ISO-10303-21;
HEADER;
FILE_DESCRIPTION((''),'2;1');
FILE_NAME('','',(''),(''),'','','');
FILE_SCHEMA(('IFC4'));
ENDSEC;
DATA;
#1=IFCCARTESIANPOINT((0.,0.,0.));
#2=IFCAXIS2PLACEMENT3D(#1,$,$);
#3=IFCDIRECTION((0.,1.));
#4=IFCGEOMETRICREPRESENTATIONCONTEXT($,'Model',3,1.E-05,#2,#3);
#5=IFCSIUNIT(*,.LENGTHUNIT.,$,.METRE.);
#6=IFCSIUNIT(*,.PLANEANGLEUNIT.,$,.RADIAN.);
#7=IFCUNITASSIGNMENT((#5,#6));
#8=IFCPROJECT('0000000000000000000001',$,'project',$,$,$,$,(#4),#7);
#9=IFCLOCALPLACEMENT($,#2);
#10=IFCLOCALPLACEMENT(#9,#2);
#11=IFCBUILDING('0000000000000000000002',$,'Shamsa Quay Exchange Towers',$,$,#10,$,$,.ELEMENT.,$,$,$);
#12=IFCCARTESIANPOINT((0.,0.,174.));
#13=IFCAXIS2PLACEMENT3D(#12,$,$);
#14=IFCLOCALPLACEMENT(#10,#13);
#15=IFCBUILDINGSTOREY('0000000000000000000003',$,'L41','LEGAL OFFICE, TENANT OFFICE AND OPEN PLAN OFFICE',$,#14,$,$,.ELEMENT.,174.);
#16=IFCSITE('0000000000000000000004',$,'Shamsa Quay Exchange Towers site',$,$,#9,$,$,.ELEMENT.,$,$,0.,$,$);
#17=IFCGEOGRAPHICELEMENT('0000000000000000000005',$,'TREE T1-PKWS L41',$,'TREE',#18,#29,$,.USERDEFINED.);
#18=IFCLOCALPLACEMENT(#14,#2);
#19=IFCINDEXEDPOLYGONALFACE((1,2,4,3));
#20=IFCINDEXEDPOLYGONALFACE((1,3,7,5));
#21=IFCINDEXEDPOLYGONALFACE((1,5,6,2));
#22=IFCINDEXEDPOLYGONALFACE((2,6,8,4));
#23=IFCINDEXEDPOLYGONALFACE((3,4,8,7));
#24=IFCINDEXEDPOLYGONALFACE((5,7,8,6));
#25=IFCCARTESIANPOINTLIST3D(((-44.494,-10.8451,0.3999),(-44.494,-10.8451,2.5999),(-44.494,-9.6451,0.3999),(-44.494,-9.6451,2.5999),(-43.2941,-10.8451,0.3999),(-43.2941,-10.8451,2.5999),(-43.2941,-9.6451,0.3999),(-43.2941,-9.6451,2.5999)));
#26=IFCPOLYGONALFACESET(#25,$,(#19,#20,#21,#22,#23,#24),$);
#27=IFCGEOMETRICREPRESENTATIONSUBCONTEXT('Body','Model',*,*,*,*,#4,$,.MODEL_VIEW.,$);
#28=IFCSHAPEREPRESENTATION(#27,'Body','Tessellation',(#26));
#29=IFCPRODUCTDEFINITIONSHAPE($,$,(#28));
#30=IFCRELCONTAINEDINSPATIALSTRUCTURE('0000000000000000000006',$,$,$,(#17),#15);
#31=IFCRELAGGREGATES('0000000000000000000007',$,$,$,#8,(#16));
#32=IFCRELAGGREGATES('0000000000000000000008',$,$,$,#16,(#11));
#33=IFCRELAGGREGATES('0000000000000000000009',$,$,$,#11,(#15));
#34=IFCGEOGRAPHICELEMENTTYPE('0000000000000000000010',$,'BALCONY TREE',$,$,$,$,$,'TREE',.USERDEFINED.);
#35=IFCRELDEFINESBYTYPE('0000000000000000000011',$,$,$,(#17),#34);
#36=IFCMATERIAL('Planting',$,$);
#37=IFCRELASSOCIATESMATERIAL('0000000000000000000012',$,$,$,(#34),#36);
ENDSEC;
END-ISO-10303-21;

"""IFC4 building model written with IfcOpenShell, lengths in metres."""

from ifc_helpers import new_model, si_unit, direction, frame, origin, origin_2d, place, context, subcontext, project, spatial, rectangle, extrude, material, type_object, element, save


model = new_model("IFC4")

# Units and contexts
model_context = context("Model", 3, precision=1e-05, world=origin(), true_north=direction((0.0, 1.0)))
body_context = subcontext(model_context, "Body", "Model", "MODEL_VIEW")
ifc_project = project(units=[si_unit("LENGTHUNIT", "METRE"), si_unit("PLANEANGLEUNIT", "RADIAN")], contexts=[model_context])

# Site, building, storey
site_placement = place(None, origin())
site = spatial("IfcSite", under=ifc_project, at=site_placement, Name="Shamsa Quay Exchange Towers site", CompositionType="ELEMENT", RefElevation=0.0)
building_placement = place(site_placement, origin())
building = spatial("IfcBuilding", under=site, at=building_placement, Name="Shamsa Quay Exchange Towers", CompositionType="ELEMENT")
storey_placement = place(building_placement, frame((0.0, 0.0, 174.0)))
storey = spatial("IfcBuildingStorey", under=building, at=storey_placement, Name="L41", Description="LEGAL OFFICE, TENANT OFFICE AND OPEN PLAN OFFICE", CompositionType="ELEMENT", Elevation=174.0)

# Geographic element
ifc_material_1 = material(Name="Planting")
geographic_element_type = type_object("IfcGeographicElementType", Name="BALCONY TREE", ElementType="TREE", PredefinedType="USERDEFINED", material=ifc_material_1)
geographic_element_placement = place(storey_placement, frame((-43.894, -10.2451, 0.3999)))
element("IfcGeographicElement", 1, at=geographic_element_placement, inside=storey, type_object=geographic_element_type, Name="TREE T1-PKWS L41", ObjectType="TREE", PredefinedType="USERDEFINED", context=body_context, shape_type="SweptSolid", body=[
    extrude(rectangle(XDim=1.2, YDim=1.2, at=origin_2d()), origin(), (0.0, 0.0, 1.0), 2.2),
])

save(model, "model.ifc")
